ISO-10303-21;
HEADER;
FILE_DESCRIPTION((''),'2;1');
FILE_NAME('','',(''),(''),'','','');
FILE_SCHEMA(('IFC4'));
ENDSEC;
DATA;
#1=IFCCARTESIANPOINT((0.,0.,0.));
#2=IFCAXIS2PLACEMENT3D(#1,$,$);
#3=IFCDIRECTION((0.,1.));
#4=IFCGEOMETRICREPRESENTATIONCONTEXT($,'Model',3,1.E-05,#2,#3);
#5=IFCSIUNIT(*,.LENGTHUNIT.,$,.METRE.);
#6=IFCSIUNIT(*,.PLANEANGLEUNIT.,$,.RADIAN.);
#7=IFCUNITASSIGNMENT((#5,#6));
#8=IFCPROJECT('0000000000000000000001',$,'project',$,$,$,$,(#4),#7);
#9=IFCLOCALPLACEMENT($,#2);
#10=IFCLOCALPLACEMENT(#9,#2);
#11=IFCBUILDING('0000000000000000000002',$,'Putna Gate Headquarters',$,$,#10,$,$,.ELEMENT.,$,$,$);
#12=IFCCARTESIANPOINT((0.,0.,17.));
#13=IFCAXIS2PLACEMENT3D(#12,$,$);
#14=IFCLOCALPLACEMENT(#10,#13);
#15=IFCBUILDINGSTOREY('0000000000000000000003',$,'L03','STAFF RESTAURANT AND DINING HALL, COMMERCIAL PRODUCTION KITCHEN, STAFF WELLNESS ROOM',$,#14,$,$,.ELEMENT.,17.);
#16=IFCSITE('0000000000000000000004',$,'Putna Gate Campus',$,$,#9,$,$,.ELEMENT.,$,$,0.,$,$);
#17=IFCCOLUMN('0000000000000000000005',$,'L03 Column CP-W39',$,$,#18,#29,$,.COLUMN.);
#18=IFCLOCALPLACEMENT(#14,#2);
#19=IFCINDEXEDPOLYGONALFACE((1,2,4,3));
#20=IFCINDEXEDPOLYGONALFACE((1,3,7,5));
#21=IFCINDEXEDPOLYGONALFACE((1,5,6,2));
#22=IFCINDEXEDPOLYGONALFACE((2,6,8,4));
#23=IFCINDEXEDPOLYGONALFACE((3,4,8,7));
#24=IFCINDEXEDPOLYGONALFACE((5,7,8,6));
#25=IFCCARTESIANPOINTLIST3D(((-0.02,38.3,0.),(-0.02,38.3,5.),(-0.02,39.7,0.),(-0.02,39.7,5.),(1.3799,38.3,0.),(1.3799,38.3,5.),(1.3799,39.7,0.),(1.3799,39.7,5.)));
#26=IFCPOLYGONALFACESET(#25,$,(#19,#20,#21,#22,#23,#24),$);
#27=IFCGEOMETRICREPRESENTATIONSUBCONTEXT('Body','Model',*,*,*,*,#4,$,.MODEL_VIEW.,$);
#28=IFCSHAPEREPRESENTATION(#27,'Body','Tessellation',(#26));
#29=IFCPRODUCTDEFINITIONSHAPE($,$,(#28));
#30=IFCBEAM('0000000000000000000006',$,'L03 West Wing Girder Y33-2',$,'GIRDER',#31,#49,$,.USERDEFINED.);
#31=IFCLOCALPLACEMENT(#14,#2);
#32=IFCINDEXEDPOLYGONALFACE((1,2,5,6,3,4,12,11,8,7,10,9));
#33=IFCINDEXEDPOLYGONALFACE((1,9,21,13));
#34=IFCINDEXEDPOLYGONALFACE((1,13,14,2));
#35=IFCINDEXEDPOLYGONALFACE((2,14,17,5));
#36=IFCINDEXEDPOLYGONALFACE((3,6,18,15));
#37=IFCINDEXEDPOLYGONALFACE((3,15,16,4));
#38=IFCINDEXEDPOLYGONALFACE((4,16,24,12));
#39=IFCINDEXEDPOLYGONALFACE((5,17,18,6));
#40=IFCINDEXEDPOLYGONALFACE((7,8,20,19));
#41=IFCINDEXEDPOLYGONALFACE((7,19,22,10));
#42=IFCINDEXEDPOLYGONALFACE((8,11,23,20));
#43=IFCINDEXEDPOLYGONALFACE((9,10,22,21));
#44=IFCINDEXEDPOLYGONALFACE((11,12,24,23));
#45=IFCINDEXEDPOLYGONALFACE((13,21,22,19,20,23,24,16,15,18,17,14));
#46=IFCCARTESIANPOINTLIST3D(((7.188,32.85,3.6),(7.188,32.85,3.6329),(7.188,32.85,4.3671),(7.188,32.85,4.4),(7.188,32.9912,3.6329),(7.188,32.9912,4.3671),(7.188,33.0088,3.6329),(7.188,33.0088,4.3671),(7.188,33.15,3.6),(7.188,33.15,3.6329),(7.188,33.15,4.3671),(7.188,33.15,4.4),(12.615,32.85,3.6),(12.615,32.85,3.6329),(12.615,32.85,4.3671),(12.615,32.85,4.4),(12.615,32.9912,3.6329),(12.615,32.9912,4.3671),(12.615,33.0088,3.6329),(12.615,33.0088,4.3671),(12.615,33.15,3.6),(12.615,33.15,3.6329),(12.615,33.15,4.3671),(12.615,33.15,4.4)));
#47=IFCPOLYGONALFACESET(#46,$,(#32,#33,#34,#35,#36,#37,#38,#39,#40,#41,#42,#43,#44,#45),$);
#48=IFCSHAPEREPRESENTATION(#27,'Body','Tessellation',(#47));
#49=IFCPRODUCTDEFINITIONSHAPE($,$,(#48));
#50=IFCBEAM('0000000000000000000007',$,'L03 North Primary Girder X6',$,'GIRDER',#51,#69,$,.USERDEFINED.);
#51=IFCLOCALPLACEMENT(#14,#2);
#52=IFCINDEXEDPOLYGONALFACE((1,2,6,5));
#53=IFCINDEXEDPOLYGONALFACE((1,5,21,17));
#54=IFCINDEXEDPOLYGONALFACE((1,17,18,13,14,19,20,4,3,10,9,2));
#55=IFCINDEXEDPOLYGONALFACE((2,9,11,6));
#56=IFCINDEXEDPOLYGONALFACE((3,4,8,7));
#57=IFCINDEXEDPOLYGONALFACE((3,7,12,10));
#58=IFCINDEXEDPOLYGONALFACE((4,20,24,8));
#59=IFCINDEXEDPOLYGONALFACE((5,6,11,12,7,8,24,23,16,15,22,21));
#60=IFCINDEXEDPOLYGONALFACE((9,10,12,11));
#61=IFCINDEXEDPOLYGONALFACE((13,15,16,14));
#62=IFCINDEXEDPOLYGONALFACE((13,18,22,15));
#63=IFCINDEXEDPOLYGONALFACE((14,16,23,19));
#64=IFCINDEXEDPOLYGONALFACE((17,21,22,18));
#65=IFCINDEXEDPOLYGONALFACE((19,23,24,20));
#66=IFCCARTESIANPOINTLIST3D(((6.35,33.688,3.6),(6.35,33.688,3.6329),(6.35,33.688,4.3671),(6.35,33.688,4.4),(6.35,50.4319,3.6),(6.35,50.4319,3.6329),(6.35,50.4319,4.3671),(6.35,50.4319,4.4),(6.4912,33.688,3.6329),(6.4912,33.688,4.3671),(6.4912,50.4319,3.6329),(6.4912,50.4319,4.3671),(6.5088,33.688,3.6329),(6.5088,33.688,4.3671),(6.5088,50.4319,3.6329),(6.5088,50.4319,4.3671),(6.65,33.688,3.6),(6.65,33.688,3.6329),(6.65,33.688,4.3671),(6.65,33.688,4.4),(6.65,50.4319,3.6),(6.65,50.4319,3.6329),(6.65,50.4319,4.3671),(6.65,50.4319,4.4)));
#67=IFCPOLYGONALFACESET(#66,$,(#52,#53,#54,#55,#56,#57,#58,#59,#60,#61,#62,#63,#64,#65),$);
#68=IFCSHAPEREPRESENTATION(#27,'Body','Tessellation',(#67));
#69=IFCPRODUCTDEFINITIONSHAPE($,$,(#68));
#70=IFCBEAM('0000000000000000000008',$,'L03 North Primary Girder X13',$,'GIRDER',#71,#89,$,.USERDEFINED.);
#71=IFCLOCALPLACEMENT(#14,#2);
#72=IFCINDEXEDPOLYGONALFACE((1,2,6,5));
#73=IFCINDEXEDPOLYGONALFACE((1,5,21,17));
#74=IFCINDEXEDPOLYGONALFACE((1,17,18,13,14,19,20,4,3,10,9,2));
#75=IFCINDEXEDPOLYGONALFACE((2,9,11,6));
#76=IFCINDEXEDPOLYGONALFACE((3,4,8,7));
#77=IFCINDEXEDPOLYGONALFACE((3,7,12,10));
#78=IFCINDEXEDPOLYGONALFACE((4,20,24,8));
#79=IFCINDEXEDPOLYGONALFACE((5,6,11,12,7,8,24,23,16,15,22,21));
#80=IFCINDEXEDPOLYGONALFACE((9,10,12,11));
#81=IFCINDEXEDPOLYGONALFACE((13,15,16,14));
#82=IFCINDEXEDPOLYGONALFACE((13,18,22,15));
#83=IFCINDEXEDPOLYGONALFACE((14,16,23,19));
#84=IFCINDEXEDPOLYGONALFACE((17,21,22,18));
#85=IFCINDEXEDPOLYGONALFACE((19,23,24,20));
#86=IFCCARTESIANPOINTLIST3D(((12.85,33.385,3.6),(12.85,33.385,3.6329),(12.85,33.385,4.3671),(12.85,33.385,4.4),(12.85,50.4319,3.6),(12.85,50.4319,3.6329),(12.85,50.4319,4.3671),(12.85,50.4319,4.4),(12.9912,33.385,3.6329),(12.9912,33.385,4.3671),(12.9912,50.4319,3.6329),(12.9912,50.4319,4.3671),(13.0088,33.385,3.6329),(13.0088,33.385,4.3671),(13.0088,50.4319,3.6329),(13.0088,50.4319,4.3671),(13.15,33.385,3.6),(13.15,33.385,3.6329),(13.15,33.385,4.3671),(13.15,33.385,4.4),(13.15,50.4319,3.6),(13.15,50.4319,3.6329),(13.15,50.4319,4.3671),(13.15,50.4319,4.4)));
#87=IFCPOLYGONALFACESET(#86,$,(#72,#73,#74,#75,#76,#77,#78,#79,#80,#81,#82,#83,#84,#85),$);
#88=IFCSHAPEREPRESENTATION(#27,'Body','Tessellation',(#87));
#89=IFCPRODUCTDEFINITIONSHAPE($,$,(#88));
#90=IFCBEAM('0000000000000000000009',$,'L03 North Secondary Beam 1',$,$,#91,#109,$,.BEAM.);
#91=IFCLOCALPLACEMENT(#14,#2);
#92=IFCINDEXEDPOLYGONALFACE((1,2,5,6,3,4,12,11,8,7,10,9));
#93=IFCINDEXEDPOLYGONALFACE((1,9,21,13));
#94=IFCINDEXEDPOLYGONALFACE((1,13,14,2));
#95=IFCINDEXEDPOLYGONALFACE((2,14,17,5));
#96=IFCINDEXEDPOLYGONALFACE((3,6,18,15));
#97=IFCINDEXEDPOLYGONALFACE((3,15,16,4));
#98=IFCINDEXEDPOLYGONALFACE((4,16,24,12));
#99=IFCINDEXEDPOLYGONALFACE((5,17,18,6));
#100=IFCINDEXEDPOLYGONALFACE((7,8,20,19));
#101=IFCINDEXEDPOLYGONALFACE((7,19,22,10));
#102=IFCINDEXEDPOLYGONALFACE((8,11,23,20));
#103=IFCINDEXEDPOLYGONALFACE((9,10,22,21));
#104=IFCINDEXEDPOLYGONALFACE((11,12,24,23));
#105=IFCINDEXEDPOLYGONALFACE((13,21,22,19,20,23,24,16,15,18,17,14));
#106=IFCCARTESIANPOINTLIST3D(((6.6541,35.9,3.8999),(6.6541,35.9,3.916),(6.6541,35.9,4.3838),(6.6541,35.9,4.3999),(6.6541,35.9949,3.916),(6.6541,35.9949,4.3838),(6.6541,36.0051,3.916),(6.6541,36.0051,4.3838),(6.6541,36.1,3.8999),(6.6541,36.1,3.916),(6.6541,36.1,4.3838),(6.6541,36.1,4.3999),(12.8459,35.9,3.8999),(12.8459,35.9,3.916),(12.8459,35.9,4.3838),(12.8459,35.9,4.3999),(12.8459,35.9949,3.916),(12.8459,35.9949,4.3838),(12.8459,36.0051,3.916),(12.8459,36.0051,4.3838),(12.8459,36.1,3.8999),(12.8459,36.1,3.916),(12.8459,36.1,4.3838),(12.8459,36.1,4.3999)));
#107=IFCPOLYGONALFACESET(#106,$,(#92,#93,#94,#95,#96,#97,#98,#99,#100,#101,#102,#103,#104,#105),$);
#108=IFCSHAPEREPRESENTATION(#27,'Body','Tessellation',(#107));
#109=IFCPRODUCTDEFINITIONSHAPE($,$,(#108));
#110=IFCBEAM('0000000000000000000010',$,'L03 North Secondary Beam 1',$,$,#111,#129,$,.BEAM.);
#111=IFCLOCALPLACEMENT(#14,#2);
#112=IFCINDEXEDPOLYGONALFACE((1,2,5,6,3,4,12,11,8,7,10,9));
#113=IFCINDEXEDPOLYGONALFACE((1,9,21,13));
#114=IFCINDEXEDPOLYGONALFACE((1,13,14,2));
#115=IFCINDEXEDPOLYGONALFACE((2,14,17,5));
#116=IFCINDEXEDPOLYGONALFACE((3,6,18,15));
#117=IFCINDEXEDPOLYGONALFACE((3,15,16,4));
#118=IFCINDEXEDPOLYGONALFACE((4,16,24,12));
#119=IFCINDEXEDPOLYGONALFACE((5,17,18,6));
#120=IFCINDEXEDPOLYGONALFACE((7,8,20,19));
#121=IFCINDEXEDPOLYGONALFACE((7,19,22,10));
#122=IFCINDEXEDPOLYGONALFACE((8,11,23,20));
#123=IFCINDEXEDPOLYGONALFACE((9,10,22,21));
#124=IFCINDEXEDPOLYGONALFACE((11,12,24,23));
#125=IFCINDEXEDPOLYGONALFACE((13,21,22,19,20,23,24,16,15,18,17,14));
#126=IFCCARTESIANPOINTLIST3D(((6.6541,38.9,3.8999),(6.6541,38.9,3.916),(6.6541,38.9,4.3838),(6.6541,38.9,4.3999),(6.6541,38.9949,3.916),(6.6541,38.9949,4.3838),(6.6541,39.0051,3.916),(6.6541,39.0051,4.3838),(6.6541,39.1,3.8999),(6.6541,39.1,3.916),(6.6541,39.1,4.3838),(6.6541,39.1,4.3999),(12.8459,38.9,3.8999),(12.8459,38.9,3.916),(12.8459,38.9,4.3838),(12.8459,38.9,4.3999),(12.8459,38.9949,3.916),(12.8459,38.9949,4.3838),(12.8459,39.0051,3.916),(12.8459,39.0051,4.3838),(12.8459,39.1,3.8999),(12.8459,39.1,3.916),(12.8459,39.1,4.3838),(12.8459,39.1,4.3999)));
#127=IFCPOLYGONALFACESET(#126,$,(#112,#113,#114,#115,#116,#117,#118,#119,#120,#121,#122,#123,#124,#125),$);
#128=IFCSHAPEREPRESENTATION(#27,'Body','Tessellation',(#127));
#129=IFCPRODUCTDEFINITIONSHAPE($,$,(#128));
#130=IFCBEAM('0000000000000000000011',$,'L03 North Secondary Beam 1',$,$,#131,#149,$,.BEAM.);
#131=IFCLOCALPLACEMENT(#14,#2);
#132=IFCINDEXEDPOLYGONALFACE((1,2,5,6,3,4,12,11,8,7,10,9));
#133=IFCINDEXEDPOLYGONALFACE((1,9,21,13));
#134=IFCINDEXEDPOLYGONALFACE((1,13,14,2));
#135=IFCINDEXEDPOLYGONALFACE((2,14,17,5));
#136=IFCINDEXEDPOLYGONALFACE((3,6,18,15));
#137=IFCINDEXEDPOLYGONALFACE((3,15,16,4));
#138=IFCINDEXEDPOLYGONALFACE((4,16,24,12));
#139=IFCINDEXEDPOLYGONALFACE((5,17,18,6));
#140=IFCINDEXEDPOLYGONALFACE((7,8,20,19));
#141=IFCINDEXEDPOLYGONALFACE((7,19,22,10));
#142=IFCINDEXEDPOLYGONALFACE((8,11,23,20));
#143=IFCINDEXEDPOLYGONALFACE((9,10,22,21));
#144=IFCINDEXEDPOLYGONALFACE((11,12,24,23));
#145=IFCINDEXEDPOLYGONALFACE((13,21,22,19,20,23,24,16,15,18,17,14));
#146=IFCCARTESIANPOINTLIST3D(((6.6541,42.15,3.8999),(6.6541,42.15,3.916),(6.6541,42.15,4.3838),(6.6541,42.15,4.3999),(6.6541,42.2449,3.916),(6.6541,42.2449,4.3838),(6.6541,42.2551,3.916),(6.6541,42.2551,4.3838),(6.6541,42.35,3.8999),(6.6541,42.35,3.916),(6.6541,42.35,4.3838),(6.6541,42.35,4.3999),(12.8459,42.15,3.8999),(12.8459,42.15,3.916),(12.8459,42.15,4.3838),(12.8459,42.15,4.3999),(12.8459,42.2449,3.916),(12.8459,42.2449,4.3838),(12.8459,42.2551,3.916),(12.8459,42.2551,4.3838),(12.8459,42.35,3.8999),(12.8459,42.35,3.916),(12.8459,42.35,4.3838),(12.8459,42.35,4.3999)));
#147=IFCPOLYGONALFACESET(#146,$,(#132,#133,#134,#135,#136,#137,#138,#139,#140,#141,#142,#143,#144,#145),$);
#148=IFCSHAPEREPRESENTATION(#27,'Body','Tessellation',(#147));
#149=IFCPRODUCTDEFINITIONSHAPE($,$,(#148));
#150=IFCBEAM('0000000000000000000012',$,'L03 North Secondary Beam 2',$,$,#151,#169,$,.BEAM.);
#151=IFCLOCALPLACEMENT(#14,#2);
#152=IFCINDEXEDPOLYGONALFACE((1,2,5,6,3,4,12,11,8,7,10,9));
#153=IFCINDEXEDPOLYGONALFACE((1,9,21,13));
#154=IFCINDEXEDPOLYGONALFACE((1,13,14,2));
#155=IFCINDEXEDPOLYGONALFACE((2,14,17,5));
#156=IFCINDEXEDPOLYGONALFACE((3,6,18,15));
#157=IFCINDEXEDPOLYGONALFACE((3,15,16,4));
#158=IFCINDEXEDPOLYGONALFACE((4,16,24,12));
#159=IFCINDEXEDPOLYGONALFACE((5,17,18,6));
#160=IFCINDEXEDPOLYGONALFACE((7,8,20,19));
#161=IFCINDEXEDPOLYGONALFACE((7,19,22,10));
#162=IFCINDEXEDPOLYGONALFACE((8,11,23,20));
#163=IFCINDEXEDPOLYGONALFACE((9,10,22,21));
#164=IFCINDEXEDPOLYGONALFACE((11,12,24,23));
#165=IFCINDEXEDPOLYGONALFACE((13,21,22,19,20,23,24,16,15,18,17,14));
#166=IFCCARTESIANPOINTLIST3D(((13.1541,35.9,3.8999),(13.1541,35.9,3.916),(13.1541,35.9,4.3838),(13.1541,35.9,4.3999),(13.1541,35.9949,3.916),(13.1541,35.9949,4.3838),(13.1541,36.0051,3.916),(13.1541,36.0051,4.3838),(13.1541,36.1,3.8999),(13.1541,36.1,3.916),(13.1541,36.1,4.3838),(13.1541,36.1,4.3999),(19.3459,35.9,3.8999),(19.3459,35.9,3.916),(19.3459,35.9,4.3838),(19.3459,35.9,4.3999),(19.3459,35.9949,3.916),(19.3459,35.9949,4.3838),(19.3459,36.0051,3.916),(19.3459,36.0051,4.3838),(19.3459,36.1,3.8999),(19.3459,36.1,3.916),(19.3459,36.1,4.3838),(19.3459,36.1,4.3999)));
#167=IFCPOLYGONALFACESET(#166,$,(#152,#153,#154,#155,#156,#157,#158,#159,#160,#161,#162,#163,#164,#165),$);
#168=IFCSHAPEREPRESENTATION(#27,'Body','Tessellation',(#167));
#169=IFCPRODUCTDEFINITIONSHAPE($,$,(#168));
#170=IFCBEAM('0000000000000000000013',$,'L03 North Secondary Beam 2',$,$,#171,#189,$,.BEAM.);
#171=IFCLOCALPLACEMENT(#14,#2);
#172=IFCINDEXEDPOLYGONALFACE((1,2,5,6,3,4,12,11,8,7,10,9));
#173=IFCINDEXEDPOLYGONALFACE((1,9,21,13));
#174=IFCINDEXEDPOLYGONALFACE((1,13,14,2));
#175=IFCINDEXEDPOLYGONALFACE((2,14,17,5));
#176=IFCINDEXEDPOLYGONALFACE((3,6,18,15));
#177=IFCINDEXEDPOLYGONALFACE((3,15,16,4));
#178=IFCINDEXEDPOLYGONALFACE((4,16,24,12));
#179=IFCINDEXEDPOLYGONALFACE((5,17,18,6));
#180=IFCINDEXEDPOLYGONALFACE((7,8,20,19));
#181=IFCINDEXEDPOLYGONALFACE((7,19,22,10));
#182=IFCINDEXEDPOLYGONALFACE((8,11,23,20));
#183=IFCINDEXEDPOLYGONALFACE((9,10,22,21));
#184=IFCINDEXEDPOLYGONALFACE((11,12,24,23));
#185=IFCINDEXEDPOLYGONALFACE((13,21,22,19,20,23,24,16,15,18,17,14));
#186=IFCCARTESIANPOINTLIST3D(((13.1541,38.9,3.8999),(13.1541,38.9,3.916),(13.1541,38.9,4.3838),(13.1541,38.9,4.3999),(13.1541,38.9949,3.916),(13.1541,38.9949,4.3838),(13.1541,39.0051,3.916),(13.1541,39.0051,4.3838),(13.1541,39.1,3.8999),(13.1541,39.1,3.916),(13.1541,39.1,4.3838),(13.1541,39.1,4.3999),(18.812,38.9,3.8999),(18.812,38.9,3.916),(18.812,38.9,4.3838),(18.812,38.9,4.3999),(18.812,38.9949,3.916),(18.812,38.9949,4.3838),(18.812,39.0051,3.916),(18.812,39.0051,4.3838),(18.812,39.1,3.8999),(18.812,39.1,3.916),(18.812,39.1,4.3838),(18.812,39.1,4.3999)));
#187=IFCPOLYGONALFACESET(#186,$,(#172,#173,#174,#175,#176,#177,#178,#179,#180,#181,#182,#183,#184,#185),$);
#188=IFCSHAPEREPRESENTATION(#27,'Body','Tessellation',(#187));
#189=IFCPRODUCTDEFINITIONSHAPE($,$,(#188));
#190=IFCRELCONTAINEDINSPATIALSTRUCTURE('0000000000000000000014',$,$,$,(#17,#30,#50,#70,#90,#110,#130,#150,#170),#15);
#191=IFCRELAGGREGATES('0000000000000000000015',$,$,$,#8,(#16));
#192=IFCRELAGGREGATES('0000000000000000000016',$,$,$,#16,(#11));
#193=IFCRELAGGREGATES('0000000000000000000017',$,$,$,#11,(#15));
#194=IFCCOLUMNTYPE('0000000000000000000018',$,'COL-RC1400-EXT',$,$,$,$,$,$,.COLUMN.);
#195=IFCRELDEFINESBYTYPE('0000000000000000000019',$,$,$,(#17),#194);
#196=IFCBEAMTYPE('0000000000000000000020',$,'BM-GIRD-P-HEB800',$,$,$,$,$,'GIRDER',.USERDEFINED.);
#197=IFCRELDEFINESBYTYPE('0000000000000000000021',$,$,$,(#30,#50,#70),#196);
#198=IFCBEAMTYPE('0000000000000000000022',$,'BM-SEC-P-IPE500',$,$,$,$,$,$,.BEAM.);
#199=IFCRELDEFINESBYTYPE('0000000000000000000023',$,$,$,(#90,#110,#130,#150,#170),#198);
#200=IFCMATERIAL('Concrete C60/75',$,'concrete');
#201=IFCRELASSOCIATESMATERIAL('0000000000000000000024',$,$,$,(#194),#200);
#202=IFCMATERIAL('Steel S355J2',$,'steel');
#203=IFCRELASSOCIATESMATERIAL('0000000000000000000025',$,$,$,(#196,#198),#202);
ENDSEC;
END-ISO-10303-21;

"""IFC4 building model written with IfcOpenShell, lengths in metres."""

from ifc_helpers import new_model, si_unit, direction, frame, origin, origin_2d, place, context, subcontext, project, spatial, rectangle, i_section, extrude, material, material_profile, profile_set, type_object, element, save


model = new_model("IFC4")

# Units and contexts
model_context = context("Model", 3, precision=1e-05, world=origin(), true_north=direction((0.0, 1.0)))
body_context = subcontext(model_context, "Body", "Model", "MODEL_VIEW")
ifc_project = project(units=[si_unit("LENGTHUNIT", "METRE"), si_unit("PLANEANGLEUNIT", "RADIAN")], contexts=[model_context])

# Site, building, storey
site_placement = place(None, origin())
site = spatial("IfcSite", under=ifc_project, at=site_placement, Name="Putna Gate Campus", CompositionType="ELEMENT", RefElevation=0.0)
building_placement = place(site_placement, origin())
building = spatial("IfcBuilding", under=site, at=building_placement, Name="Putna Gate Headquarters", CompositionType="ELEMENT")
storey_placement = place(building_placement, frame((0.0, 0.0, 17.0)))
storey = spatial("IfcBuildingStorey", under=building, at=storey_placement, Name="L03", Description="STAFF RESTAURANT AND DINING HALL, COMMERCIAL PRODUCTION KITCHEN, STAFF WELLNESS ROOM", CompositionType="ELEMENT", Elevation=17.0)

# Column
ifc_material_1 = material(Name="Concrete C60/75", Category="concrete")
ifc_material_profile_1 = material_profile(ifc_material_1, rectangle(XDim=1.3999, YDim=1.3999, at=origin_2d()), Name="Concrete C60/75")
ifc_profile_set_1 = profile_set([ifc_material_profile_1], Name="Concrete C60/75")
column_type = type_object("IfcColumnType", Name="COL-RC1400-EXT", PredefinedType="COLUMN", material=ifc_profile_set_1)
column_placement = place(storey_placement, frame((0.6799, 39.0, 0.0), z_axis=(0.0, 0.0, 1.0), x_axis=(1.0, 0.0, 0.0)))
element("IfcColumn", 1, at=column_placement, inside=storey, type_object=column_type, Name="L03 Column CP-W39", PredefinedType="COLUMN", context=body_context, shape_type="SweptSolid", body=[
    extrude(rectangle(XDim=1.3999, YDim=1.3999, at=origin_2d()), origin(), (0.0, 0.0, 1.0), 5.0),
])

# Beams
ifc_material_2 = material(Name="Steel S355J2", Category="steel")
ifc_material_profile_2 = material_profile(ifc_material_2, i_section(OverallWidth=0.3, OverallDepth=0.8, WebThickness=0.0176, FlangeThickness=0.033, at=origin_2d()), Name="Steel S355J2")
ifc_profile_set_2 = profile_set([ifc_material_profile_2], Name="Steel S355J2")
beam_type_1 = type_object("IfcBeamType", Name="BM-GIRD-P-HEB800", ElementType="GIRDER", PredefinedType="USERDEFINED", material=ifc_profile_set_2)
beam_1_placement = place(storey_placement, frame((7.188, 33.0, 4.0), z_axis=(1.0, 0.0, 0.0), x_axis=(0.0, 1.0, 0.0)))
element("IfcBeam", 2, at=beam_1_placement, inside=storey, type_object=beam_type_1, Name="L03 West Wing Girder Y33-2", ObjectType="GIRDER", PredefinedType="USERDEFINED", context=body_context, shape_type="SweptSolid", body=[
    extrude(i_section(OverallWidth=0.3, OverallDepth=0.8, WebThickness=0.0176, FlangeThickness=0.033, at=origin_2d()), origin(), (0.0, 0.0, 1.0), 5.427),
])
beam_2_placement = place(storey_placement, frame((6.5, 33.688, 4.0), z_axis=(0.0, 1.0, 0.0), x_axis=(-1.0, 0.0, 0.0)))
element("IfcBeam", 3, at=beam_2_placement, inside=storey, type_object=beam_type_1, Name="L03 North Primary Girder X6", ObjectType="GIRDER", PredefinedType="USERDEFINED", context=body_context, shape_type="SweptSolid", body=[
    extrude(i_section(OverallWidth=0.3, OverallDepth=0.8, WebThickness=0.0176, FlangeThickness=0.033, at=origin_2d()), origin(), (0.0, 0.0, 1.0), 16.7439),
])
beam_3_placement = place(storey_placement, frame((13.0, 33.385, 4.0), z_axis=(0.0, 1.0, 0.0), x_axis=(-1.0, 0.0, 0.0)))
element("IfcBeam", 4, at=beam_3_placement, inside=storey, type_object=beam_type_1, Name="L03 North Primary Girder X13", ObjectType="GIRDER", PredefinedType="USERDEFINED", context=body_context, shape_type="SweptSolid", body=[
    extrude(i_section(OverallWidth=0.3, OverallDepth=0.8, WebThickness=0.0176, FlangeThickness=0.033, at=origin_2d()), origin(), (0.0, 0.0, 1.0), 17.0469),
])
ifc_material_profile_3 = material_profile(ifc_material_2, i_section(OverallWidth=0.2, OverallDepth=0.5, WebThickness=0.0103, FlangeThickness=0.0161, at=origin_2d()), Name="Steel S355J2")
ifc_profile_set_3 = profile_set([ifc_material_profile_3], Name="Steel S355J2")
beam_type_2 = type_object("IfcBeamType", Name="BM-SEC-P-IPE500", PredefinedType="BEAM", material=ifc_profile_set_3)
for number, where, z_axis, x_axis, name in (
    (5, (6.6541, 36.0, 4.1499), (1.0, 0.0, 0.0), (0.0, 1.0, 0.0), "L03 North Secondary Beam 1"),
    (6, (6.6541, 39.0, 4.1499), (1.0, 0.0, 0.0), (0.0, 1.0, 0.0), "L03 North Secondary Beam 1"),
    (7, (6.6541, 42.25, 4.1499), (1.0, 0.0, 0.0), (0.0, 1.0, 0.0), "L03 North Secondary Beam 1"),
    (8, (13.1541, 36.0, 4.1499), (1.0, 0.0, 0.0), (0.0, 1.0, 0.0), "L03 North Secondary Beam 2"),
):
    element("IfcBeam", number, at=place(storey_placement, frame(where, z_axis=z_axis, x_axis=x_axis)), inside=storey, type_object=beam_type_2, Name=name, PredefinedType="BEAM", context=body_context, shape_type="SweptSolid", body=[
        extrude(i_section(OverallWidth=0.2, OverallDepth=0.5, WebThickness=0.0103, FlangeThickness=0.0161, at=origin_2d()), origin(), (0.0, 0.0, 1.0), 6.1919),
    ])
beam_4_placement = place(storey_placement, frame((13.1541, 39.0, 4.1499), z_axis=(1.0, 0.0, 0.0), x_axis=(0.0, 1.0, 0.0)))
element("IfcBeam", 9, at=beam_4_placement, inside=storey, type_object=beam_type_2, Name="L03 North Secondary Beam 2", PredefinedType="BEAM", context=body_context, shape_type="SweptSolid", body=[
    extrude(i_section(OverallWidth=0.2, OverallDepth=0.5, WebThickness=0.0103, FlangeThickness=0.0161, at=origin_2d()), origin(), (0.0, 0.0, 1.0), 5.658),
])

save(model, "model.ifc")
